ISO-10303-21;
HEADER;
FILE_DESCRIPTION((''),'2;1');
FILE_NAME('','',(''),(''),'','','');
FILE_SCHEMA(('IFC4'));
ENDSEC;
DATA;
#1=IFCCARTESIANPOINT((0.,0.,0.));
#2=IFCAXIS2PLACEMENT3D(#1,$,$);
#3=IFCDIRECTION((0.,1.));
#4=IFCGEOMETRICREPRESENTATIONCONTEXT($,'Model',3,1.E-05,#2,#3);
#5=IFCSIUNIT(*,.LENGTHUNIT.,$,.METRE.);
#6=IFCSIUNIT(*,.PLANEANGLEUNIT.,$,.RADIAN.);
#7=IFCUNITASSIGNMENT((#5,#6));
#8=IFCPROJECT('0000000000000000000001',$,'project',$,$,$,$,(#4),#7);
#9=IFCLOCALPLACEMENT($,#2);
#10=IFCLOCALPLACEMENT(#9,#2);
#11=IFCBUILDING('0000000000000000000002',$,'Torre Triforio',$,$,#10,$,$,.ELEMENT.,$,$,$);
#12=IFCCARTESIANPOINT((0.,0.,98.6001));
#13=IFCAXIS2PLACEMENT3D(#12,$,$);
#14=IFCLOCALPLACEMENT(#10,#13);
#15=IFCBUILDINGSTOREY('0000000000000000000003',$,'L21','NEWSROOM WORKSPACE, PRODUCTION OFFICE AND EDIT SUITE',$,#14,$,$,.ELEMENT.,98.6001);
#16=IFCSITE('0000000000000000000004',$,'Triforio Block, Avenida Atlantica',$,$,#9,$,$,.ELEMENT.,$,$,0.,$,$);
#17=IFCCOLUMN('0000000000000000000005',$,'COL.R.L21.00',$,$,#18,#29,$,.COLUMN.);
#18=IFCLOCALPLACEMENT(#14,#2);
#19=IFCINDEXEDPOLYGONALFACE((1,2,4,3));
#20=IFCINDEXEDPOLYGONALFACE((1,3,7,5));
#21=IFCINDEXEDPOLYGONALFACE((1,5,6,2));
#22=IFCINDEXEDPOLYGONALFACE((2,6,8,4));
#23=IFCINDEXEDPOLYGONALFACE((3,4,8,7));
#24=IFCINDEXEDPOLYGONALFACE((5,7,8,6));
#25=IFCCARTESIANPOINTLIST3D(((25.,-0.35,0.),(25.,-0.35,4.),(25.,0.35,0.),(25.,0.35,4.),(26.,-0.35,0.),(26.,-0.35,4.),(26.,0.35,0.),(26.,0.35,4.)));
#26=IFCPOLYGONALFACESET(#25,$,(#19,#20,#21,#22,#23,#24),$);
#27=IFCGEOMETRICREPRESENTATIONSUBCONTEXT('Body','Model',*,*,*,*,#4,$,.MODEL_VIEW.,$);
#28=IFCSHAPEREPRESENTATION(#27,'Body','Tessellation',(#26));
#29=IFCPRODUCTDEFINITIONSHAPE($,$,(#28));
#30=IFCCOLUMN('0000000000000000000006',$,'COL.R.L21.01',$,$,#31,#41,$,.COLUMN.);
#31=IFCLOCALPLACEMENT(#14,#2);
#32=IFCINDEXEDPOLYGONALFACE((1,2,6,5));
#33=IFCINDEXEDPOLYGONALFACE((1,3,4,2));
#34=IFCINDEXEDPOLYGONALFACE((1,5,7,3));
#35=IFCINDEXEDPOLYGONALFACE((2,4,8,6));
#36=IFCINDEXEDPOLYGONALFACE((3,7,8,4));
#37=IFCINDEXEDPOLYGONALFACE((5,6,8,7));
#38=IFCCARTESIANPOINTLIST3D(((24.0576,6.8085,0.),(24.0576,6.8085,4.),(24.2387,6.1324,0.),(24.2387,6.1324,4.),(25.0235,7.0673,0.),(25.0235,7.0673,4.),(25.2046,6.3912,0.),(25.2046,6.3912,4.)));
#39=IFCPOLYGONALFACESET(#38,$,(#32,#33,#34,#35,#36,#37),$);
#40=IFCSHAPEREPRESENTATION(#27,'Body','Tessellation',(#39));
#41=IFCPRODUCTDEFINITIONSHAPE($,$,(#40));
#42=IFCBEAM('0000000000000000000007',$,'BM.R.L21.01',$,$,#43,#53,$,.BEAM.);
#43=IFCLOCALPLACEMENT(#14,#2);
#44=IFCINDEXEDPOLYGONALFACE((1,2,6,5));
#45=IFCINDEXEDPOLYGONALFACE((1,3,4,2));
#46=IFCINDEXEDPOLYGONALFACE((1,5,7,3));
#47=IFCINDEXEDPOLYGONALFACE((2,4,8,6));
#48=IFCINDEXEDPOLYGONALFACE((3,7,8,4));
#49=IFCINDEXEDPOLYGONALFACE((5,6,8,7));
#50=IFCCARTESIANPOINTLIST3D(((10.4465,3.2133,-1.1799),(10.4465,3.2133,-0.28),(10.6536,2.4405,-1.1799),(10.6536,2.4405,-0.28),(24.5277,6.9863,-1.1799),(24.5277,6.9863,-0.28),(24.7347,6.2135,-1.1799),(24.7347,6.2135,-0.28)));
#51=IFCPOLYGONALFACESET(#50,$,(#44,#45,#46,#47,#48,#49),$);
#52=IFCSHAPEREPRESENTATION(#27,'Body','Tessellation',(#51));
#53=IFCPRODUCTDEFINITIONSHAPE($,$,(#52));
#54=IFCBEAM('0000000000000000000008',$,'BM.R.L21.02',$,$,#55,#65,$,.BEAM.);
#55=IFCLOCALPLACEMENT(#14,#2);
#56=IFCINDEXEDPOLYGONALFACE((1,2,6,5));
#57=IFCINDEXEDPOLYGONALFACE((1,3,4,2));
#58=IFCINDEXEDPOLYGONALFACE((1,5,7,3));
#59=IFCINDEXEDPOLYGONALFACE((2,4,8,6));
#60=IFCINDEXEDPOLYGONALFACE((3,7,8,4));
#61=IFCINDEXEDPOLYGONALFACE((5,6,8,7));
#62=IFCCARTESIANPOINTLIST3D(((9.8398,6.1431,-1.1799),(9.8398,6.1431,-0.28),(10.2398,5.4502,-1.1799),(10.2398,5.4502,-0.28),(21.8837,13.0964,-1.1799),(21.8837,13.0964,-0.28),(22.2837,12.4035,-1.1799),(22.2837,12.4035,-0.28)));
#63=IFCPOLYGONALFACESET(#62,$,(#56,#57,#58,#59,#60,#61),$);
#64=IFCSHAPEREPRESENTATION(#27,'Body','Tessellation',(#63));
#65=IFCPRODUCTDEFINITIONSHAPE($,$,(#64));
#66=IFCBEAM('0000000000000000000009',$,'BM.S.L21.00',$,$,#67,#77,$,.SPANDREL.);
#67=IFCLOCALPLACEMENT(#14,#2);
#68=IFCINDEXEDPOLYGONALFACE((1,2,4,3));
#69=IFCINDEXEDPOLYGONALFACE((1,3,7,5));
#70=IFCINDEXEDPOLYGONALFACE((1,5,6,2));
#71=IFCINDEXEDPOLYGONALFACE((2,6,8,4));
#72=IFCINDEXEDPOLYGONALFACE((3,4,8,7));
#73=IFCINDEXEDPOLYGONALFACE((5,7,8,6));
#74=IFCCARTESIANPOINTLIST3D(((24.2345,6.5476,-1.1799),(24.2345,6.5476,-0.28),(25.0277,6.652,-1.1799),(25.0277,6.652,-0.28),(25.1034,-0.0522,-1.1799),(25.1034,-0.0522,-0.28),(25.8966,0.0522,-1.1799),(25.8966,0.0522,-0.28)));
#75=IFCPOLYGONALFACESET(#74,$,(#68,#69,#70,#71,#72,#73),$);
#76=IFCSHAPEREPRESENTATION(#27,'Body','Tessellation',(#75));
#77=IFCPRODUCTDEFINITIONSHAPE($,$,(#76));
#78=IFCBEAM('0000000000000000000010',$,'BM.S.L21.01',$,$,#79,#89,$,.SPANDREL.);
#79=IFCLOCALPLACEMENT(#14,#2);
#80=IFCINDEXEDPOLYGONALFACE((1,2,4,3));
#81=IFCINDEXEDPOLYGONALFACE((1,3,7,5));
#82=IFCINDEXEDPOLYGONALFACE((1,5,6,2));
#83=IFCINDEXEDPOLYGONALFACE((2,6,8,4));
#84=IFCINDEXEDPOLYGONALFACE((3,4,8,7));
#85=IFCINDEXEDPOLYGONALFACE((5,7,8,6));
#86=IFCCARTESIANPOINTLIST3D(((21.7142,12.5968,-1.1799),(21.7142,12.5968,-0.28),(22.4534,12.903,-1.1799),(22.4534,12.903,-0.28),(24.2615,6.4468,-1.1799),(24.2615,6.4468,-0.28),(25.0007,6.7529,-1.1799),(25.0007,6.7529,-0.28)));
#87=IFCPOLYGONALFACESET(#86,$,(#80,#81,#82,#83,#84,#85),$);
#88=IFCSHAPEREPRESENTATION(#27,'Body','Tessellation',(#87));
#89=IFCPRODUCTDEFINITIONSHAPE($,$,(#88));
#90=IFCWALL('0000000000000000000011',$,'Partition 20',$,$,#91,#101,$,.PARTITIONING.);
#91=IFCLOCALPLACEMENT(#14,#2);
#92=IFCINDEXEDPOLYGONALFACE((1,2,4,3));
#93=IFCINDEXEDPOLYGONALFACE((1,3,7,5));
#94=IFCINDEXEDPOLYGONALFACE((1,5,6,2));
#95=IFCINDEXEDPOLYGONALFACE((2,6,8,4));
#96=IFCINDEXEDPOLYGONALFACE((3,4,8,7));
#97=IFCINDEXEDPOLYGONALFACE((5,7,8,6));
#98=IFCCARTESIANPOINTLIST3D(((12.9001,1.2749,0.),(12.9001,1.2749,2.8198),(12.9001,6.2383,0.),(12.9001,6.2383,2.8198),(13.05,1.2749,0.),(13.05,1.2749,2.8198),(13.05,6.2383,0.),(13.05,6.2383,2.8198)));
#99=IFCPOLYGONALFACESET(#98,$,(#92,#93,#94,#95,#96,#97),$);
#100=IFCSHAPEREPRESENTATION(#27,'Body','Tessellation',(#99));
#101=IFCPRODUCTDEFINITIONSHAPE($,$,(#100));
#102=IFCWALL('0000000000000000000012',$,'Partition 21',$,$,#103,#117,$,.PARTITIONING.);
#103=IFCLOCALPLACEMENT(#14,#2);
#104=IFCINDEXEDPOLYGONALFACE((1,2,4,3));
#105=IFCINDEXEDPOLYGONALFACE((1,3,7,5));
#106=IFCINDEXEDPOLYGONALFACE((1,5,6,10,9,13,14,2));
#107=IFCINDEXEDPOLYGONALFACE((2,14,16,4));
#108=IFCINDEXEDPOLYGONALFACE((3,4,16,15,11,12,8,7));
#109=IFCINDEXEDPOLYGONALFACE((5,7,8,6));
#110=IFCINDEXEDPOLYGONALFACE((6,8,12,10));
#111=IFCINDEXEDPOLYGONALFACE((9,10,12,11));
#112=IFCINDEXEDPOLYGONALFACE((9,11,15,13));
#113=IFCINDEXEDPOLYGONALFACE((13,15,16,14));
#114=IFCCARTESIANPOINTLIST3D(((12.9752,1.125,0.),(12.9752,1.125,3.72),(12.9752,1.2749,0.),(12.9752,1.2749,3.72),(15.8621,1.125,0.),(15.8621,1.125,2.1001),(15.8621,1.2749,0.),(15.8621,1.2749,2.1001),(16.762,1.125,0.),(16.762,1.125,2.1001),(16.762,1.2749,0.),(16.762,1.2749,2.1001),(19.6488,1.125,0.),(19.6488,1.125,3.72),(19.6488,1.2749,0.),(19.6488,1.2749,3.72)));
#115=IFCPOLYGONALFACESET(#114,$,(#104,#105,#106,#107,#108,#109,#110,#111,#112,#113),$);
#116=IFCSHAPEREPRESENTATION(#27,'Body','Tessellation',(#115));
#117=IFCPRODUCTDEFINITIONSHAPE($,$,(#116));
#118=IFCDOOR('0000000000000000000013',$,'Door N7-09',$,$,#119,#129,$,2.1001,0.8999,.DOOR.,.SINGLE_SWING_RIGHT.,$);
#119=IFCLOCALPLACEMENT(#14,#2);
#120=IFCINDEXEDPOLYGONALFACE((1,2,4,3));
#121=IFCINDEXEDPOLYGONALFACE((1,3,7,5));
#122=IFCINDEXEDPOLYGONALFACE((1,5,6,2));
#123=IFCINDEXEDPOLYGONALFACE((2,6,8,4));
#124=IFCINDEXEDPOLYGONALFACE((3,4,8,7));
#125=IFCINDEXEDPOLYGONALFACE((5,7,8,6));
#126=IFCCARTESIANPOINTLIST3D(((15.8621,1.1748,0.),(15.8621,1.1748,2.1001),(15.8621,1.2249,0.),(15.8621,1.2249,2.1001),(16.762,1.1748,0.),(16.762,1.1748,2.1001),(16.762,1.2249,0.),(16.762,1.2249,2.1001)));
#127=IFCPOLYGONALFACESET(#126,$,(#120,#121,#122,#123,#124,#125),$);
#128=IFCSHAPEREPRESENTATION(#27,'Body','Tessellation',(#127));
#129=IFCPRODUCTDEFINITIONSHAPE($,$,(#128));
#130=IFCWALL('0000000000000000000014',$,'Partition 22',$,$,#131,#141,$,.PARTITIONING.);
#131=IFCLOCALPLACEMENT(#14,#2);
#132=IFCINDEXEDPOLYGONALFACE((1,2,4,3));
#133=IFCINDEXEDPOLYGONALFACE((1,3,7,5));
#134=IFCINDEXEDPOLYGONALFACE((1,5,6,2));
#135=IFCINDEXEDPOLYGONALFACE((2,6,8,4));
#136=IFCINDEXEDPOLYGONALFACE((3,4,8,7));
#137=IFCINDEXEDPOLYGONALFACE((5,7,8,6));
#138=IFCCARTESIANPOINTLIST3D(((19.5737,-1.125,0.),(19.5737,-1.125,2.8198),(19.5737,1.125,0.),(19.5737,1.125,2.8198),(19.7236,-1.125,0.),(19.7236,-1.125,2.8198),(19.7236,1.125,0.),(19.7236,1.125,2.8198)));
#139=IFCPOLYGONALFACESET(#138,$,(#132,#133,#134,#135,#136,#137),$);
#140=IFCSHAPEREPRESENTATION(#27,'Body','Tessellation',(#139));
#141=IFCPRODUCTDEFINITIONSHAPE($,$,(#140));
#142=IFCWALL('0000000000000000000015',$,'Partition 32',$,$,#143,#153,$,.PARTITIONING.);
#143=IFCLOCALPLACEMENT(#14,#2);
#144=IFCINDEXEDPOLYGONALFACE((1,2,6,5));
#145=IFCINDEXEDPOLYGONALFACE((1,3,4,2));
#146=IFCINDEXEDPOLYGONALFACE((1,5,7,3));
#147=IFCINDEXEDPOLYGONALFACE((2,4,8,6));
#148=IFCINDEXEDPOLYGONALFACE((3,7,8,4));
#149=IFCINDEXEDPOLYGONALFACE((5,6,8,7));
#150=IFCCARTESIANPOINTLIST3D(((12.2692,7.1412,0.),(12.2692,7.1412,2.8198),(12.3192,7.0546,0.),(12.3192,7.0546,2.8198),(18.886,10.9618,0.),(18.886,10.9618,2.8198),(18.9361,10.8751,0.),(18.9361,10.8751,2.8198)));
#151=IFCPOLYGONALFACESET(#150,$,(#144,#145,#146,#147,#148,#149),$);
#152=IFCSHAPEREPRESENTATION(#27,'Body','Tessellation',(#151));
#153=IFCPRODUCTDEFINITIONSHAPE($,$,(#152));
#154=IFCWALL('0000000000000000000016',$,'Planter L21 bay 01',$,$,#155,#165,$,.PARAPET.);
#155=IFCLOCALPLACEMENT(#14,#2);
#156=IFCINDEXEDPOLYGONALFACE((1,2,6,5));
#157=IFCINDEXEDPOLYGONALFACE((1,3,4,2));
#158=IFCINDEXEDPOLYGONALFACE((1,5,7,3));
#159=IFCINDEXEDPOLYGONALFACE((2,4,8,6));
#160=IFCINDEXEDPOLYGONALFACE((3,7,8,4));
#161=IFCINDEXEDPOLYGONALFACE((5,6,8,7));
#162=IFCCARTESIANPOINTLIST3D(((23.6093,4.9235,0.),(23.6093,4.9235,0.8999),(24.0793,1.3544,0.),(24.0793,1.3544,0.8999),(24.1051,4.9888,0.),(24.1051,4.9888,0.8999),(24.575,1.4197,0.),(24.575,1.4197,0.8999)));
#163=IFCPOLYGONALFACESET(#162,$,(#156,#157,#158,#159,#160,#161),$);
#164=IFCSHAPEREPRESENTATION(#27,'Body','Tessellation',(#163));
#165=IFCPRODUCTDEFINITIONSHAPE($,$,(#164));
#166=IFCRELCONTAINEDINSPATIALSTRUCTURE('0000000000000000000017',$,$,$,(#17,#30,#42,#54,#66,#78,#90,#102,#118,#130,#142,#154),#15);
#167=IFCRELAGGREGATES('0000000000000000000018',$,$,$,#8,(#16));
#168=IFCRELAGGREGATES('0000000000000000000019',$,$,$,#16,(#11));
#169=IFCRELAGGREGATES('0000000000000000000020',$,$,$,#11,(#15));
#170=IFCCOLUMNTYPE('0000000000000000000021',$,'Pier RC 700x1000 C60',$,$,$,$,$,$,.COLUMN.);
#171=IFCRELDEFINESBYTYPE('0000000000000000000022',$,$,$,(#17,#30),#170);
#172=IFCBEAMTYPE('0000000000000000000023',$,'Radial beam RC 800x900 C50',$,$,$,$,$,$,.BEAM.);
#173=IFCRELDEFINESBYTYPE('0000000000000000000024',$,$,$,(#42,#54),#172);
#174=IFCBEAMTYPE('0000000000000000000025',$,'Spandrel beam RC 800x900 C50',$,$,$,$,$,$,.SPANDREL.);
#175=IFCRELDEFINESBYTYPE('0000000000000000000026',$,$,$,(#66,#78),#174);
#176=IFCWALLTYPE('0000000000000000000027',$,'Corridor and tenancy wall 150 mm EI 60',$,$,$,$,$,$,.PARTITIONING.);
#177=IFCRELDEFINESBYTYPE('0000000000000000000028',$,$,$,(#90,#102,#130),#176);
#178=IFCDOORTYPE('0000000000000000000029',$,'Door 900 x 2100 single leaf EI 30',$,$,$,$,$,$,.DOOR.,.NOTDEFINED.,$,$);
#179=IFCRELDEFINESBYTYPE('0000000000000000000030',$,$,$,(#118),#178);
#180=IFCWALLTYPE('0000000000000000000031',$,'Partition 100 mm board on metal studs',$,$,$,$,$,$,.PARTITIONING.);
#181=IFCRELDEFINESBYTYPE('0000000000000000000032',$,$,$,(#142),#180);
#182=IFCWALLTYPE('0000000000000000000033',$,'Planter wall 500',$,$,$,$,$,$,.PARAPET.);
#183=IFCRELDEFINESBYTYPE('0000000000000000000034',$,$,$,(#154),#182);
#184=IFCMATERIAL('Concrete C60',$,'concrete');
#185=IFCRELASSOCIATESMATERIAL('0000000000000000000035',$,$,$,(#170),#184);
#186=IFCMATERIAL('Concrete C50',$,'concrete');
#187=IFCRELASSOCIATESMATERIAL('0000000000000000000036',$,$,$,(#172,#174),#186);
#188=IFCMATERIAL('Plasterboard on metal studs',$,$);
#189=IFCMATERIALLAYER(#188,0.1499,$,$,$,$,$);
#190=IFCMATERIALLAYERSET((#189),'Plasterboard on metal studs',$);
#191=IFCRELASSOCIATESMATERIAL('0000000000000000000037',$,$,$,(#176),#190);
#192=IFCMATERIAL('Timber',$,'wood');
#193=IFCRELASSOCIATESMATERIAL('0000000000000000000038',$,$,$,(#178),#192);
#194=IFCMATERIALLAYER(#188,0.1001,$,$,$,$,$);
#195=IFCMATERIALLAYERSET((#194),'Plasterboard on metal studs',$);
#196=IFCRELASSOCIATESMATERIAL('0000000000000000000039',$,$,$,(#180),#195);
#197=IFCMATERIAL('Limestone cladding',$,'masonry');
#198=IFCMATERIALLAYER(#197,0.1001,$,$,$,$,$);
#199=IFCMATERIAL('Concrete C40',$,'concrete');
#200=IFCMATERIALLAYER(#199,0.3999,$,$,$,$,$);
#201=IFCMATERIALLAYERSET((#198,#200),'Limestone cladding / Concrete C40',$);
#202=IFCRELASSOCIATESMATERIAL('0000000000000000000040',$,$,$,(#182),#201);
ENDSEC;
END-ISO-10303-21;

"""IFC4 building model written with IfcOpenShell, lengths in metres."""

from ifc_helpers import new_model, si_unit, direction, frame, frame_2d, origin, origin_2d, place, context, subcontext, project, spatial, rectangle, extrude, material, layer, layer_set, material_profile, profile_set, type_object, element, fill, save


model = new_model("IFC4")

# Units and contexts
model_context = context("Model", 3, precision=1e-05, world=origin(), true_north=direction((0.0, 1.0)))
body_context = subcontext(model_context, "Body", "Model", "MODEL_VIEW")
ifc_project = project(units=[si_unit("LENGTHUNIT", "METRE"), si_unit("PLANEANGLEUNIT", "RADIAN")], contexts=[model_context])

# Site, building, storey
site_placement = place(None, origin())
site = spatial("IfcSite", under=ifc_project, at=site_placement, Name="Triforio Block, Avenida Atlantica", CompositionType="ELEMENT", RefElevation=0.0)
building_placement = place(site_placement, origin())
building = spatial("IfcBuilding", under=site, at=building_placement, Name="Torre Triforio", CompositionType="ELEMENT")
storey_placement = place(building_placement, frame((0.0, 0.0, 98.6001)))
storey = spatial("IfcBuildingStorey", under=building, at=storey_placement, Name="L21", Description="NEWSROOM WORKSPACE, PRODUCTION OFFICE AND EDIT SUITE", CompositionType="ELEMENT", Elevation=98.6001)

# Columns
ifc_material_1 = material(Name="Concrete C60", Category="concrete")
ifc_material_profile_1 = material_profile(ifc_material_1, rectangle(XDim=0.7, YDim=1.0, at=origin_2d()), Name="RC 700x1000")
ifc_profile_set_1 = profile_set([ifc_material_profile_1], Name="Concrete C60")
column_type = type_object("IfcColumnType", Name="Pier RC 700x1000 C60", PredefinedType="COLUMN", material=ifc_profile_set_1)
for number, where, z_axis, x_axis, name in (
    (1, (25.5, 0.0, 0.0), (0.0, 0.0, 1.0), (0.0, 1.0, 0.0), "COL.R.L21.00"),
    (2, (24.6311, 6.5999, 0.0), (0.0, 0.0, 1.0), (-0.258819, 0.965926, 0.0), "COL.R.L21.01"),
):
    element("IfcColumn", number, at=place(storey_placement, frame(where, z_axis=z_axis, x_axis=x_axis)), inside=storey, type_object=column_type, Name=name, PredefinedType="COLUMN", context=body_context, shape_type="SweptSolid", body=[
        extrude(rectangle(XDim=0.7, YDim=1.0, at=origin_2d()), origin(), (0.0, 0.0, 1.0), 4.0),
    ])

# Beams
ifc_material_2 = material(Name="Concrete C50", Category="concrete")
ifc_material_profile_2 = material_profile(ifc_material_2, rectangle(XDim=0.8, YDim=0.8999, at=origin_2d()), Name="RC 800x900")
ifc_profile_set_2 = profile_set([ifc_material_profile_2], Name="Concrete C50")
beam_type_1 = type_object("IfcBeamType", Name="Radial beam RC 800x900 C50", PredefinedType="BEAM", material=ifc_profile_set_2)
beam_1_placement = place(storey_placement, frame((10.55, 2.8269, -0.73), z_axis=(0.965927, 0.258815, 0.0), x_axis=(-0.258815, 0.965927, 0.0)))
element("IfcBeam", 3, at=beam_1_placement, inside=storey, type_object=beam_type_1, Name="BM.R.L21.01", PredefinedType="BEAM", context=body_context, shape_type="SweptSolid", body=[
    extrude(rectangle(XDim=0.8, YDim=0.8999, at=origin_2d()), origin(), (0.0, 0.0, 1.0), 14.5779),
])
beam_2_placement = place(storey_placement, frame((10.0398, 5.7966, -0.73), z_axis=(0.866032, 0.499989, 0.0), x_axis=(-0.499989, 0.866032, 0.0)))
element("IfcBeam", 4, at=beam_2_placement, inside=storey, type_object=beam_type_1, Name="BM.R.L21.02", PredefinedType="BEAM", context=body_context, shape_type="SweptSolid", body=[
    extrude(rectangle(XDim=0.8, YDim=0.8999, at=origin_2d()), origin(), (0.0, 0.0, 1.0), 13.907),
])
ifc_material_profile_3 = material_profile(ifc_material_2, rectangle(XDim=0.8, YDim=0.8999, at=origin_2d()), Name="RC 800x900")
ifc_profile_set_3 = profile_set([ifc_material_profile_3], Name="Concrete C50")
beam_type_2 = type_object("IfcBeamType", Name="Spandrel beam RC 800x900 C50", PredefinedType="SPANDREL", material=ifc_profile_set_3)
for number, where, z_axis, x_axis, name in (
    (5, (25.5, 0.0, -0.73), (-0.130528, 0.991445, 0.0), (-0.991445, -0.130528, 0.0), "BM.S.L21.00"),
    (6, (24.6311, 6.5999, -0.73), (-0.382669, 0.923885, 0.0), (-0.923885, -0.382669, 0.0), "BM.S.L21.01"),
):
    element("IfcBeam", number, at=place(storey_placement, frame(where, z_axis=z_axis, x_axis=x_axis)), inside=storey, type_object=beam_type_2, Name=name, PredefinedType="SPANDREL", context=body_context, shape_type="SweptSolid", body=[
        extrude(rectangle(XDim=0.8, YDim=0.8999, at=origin_2d()), origin(), (0.0, 0.0, 1.0), 6.6567),
    ])

# Wall
ifc_material_3 = material(Name="Plasterboard on metal studs")
ifc_layer_1 = layer(ifc_material_3, 0.1499)
ifc_layer_set_1 = layer_set([ifc_layer_1], Name="Plasterboard on metal studs")
wall_type_1 = type_object("IfcWallType", Name="Corridor and tenancy wall 150 mm EI 60", PredefinedType="PARTITIONING", material=ifc_layer_set_1)
wall_1_placement = place(storey_placement, frame((12.9751, 6.2383, 0.0), z_axis=(0.0, 0.0, 1.0), x_axis=(0.0, -1.0, 0.0)))
element("IfcWall", 7, at=wall_1_placement, inside=storey, type_object=wall_type_1, Name="Partition 20", PredefinedType="PARTITIONING", context=body_context, shape_type="SweptSolid", body=[
    extrude(rectangle(XDim=4.9634, YDim=0.1499, at=frame_2d((2.4817, 0.0))), origin(), (0.0, 0.0, 1.0), 2.8198),
])

# Wall, opening, door
wall_2_placement = place(storey_placement, frame((12.9751, 1.2, 0.0), z_axis=(0.0, 0.0, 1.0), x_axis=(1.0, 0.0, 0.0)))
wall_2 = element("IfcWall", 8, at=wall_2_placement, inside=storey, type_object=wall_type_1, Name="Partition 21", PredefinedType="PARTITIONING", context=body_context, shape_type="SweptSolid", body=[
    extrude(rectangle(XDim=6.6736, YDim=0.1499, at=frame_2d((3.3369, 0.0))), origin(), (0.0, 0.0, 1.0), 3.72),
])
opening_1_placement = place(wall_2_placement, frame((2.887, 0.0, 0.0)))
opening_1 = element("IfcOpeningElement", 9, at=opening_1_placement, cuts=wall_2, PredefinedType="OPENING", context=body_context, shape_type="SweptSolid", body=[
    extrude(rectangle(XDim=0.8999, YDim=2.1001, at=frame_2d((0.45, 1.05))), frame((0.0, 0.085, 0.0), z_axis=(0.0, -1.0, 0.0), x_axis=(1.0, 0.0, 0.0)), (0.0, 0.0, 1.0), 0.1699),
])
ifc_material_4 = material(Name="Timber", Category="wood")
door_type_1 = type_object("IfcDoorType", Name="Door 900 x 2100 single leaf EI 30", OperationType="NOTDEFINED", PredefinedType="DOOR", material=ifc_material_4)
door_1_placement = place(opening_1_placement, origin())
door_1 = element("IfcDoor", 10, at=door_1_placement, inside=storey, type_object=door_type_1, Name="Door N7-09", OperationType="SINGLE_SWING_RIGHT", OverallHeight=2.1001, OverallWidth=0.8999, PredefinedType="DOOR", context=body_context, shape_type="SweptSolid", body=[
    extrude(rectangle(XDim=0.8999, YDim=2.1001, at=frame_2d((0.45, 1.05))), frame((0.0, 0.0249, 0.0), z_axis=(0.0, -1.0, 0.0), x_axis=(1.0, 0.0, 0.0)), (0.0, 0.0, 1.0), 0.05),
])
fill(opening_1, door_1)

# Walls
wall_3_placement = place(storey_placement, frame((19.6487, 1.125, 0.0), z_axis=(0.0, 0.0, 1.0), x_axis=(0.0, -1.0, 0.0)))
element("IfcWall", 11, at=wall_3_placement, inside=storey, type_object=wall_type_1, Name="Partition 22", PredefinedType="PARTITIONING", context=body_context, shape_type="SweptSolid", body=[
    extrude(rectangle(XDim=2.25, YDim=0.1499, at=frame_2d((1.125, 0.0))), origin(), (0.0, 0.0, 1.0), 2.8198),
])
ifc_layer_2 = layer(ifc_material_3, 0.1001)
ifc_layer_set_2 = layer_set([ifc_layer_2], Name="Plasterboard on metal studs")
wall_type_2 = type_object("IfcWallType", Name="Partition 100 mm board on metal studs", PredefinedType="PARTITIONING", material=ifc_layer_set_2)
wall_4_placement = place(storey_placement, frame((12.2942, 7.0979, 0.0), z_axis=(0.0, 0.0, 1.0), x_axis=(0.866011, 0.500026, 0.0)))
element("IfcWall", 12, at=wall_4_placement, inside=storey, type_object=wall_type_2, Name="Partition 32", PredefinedType="PARTITIONING", context=body_context, shape_type="SweptSolid", body=[
    extrude(rectangle(XDim=7.6406, YDim=0.1001, at=frame_2d((3.8203, 0.0))), origin(), (0.0, 0.0, 1.0), 2.8198),
])
ifc_material_5 = material(Name="Limestone cladding", Category="masonry")
ifc_layer_3 = layer(ifc_material_5, 0.1001)
ifc_material_6 = material(Name="Concrete C40", Category="concrete")
ifc_layer_4 = layer(ifc_material_6, 0.3999)
ifc_layer_set_3 = layer_set([ifc_layer_3, ifc_layer_4], Name="Limestone cladding / Concrete C40")
wall_type_3 = type_object("IfcWallType", Name="Planter wall 500", PredefinedType="PARAPET", material=ifc_layer_set_3)
wall_5_placement = place(storey_placement, frame((24.3271, 1.3872, 0.0), z_axis=(0.0, 0.0, 1.0), x_axis=(-0.130551, 0.991442, 0.0)))
element("IfcWall", 13, at=wall_5_placement, inside=storey, type_object=wall_type_3, Name="Planter L21 bay 01", PredefinedType="PARAPET", context=body_context, shape_type="SweptSolid", body=[
    extrude(rectangle(XDim=3.5999, YDim=0.5, at=frame_2d((1.7998, 0.0))), origin(), (0.0, 0.0, 1.0), 0.8999),
])

save(model, "model.ifc")
